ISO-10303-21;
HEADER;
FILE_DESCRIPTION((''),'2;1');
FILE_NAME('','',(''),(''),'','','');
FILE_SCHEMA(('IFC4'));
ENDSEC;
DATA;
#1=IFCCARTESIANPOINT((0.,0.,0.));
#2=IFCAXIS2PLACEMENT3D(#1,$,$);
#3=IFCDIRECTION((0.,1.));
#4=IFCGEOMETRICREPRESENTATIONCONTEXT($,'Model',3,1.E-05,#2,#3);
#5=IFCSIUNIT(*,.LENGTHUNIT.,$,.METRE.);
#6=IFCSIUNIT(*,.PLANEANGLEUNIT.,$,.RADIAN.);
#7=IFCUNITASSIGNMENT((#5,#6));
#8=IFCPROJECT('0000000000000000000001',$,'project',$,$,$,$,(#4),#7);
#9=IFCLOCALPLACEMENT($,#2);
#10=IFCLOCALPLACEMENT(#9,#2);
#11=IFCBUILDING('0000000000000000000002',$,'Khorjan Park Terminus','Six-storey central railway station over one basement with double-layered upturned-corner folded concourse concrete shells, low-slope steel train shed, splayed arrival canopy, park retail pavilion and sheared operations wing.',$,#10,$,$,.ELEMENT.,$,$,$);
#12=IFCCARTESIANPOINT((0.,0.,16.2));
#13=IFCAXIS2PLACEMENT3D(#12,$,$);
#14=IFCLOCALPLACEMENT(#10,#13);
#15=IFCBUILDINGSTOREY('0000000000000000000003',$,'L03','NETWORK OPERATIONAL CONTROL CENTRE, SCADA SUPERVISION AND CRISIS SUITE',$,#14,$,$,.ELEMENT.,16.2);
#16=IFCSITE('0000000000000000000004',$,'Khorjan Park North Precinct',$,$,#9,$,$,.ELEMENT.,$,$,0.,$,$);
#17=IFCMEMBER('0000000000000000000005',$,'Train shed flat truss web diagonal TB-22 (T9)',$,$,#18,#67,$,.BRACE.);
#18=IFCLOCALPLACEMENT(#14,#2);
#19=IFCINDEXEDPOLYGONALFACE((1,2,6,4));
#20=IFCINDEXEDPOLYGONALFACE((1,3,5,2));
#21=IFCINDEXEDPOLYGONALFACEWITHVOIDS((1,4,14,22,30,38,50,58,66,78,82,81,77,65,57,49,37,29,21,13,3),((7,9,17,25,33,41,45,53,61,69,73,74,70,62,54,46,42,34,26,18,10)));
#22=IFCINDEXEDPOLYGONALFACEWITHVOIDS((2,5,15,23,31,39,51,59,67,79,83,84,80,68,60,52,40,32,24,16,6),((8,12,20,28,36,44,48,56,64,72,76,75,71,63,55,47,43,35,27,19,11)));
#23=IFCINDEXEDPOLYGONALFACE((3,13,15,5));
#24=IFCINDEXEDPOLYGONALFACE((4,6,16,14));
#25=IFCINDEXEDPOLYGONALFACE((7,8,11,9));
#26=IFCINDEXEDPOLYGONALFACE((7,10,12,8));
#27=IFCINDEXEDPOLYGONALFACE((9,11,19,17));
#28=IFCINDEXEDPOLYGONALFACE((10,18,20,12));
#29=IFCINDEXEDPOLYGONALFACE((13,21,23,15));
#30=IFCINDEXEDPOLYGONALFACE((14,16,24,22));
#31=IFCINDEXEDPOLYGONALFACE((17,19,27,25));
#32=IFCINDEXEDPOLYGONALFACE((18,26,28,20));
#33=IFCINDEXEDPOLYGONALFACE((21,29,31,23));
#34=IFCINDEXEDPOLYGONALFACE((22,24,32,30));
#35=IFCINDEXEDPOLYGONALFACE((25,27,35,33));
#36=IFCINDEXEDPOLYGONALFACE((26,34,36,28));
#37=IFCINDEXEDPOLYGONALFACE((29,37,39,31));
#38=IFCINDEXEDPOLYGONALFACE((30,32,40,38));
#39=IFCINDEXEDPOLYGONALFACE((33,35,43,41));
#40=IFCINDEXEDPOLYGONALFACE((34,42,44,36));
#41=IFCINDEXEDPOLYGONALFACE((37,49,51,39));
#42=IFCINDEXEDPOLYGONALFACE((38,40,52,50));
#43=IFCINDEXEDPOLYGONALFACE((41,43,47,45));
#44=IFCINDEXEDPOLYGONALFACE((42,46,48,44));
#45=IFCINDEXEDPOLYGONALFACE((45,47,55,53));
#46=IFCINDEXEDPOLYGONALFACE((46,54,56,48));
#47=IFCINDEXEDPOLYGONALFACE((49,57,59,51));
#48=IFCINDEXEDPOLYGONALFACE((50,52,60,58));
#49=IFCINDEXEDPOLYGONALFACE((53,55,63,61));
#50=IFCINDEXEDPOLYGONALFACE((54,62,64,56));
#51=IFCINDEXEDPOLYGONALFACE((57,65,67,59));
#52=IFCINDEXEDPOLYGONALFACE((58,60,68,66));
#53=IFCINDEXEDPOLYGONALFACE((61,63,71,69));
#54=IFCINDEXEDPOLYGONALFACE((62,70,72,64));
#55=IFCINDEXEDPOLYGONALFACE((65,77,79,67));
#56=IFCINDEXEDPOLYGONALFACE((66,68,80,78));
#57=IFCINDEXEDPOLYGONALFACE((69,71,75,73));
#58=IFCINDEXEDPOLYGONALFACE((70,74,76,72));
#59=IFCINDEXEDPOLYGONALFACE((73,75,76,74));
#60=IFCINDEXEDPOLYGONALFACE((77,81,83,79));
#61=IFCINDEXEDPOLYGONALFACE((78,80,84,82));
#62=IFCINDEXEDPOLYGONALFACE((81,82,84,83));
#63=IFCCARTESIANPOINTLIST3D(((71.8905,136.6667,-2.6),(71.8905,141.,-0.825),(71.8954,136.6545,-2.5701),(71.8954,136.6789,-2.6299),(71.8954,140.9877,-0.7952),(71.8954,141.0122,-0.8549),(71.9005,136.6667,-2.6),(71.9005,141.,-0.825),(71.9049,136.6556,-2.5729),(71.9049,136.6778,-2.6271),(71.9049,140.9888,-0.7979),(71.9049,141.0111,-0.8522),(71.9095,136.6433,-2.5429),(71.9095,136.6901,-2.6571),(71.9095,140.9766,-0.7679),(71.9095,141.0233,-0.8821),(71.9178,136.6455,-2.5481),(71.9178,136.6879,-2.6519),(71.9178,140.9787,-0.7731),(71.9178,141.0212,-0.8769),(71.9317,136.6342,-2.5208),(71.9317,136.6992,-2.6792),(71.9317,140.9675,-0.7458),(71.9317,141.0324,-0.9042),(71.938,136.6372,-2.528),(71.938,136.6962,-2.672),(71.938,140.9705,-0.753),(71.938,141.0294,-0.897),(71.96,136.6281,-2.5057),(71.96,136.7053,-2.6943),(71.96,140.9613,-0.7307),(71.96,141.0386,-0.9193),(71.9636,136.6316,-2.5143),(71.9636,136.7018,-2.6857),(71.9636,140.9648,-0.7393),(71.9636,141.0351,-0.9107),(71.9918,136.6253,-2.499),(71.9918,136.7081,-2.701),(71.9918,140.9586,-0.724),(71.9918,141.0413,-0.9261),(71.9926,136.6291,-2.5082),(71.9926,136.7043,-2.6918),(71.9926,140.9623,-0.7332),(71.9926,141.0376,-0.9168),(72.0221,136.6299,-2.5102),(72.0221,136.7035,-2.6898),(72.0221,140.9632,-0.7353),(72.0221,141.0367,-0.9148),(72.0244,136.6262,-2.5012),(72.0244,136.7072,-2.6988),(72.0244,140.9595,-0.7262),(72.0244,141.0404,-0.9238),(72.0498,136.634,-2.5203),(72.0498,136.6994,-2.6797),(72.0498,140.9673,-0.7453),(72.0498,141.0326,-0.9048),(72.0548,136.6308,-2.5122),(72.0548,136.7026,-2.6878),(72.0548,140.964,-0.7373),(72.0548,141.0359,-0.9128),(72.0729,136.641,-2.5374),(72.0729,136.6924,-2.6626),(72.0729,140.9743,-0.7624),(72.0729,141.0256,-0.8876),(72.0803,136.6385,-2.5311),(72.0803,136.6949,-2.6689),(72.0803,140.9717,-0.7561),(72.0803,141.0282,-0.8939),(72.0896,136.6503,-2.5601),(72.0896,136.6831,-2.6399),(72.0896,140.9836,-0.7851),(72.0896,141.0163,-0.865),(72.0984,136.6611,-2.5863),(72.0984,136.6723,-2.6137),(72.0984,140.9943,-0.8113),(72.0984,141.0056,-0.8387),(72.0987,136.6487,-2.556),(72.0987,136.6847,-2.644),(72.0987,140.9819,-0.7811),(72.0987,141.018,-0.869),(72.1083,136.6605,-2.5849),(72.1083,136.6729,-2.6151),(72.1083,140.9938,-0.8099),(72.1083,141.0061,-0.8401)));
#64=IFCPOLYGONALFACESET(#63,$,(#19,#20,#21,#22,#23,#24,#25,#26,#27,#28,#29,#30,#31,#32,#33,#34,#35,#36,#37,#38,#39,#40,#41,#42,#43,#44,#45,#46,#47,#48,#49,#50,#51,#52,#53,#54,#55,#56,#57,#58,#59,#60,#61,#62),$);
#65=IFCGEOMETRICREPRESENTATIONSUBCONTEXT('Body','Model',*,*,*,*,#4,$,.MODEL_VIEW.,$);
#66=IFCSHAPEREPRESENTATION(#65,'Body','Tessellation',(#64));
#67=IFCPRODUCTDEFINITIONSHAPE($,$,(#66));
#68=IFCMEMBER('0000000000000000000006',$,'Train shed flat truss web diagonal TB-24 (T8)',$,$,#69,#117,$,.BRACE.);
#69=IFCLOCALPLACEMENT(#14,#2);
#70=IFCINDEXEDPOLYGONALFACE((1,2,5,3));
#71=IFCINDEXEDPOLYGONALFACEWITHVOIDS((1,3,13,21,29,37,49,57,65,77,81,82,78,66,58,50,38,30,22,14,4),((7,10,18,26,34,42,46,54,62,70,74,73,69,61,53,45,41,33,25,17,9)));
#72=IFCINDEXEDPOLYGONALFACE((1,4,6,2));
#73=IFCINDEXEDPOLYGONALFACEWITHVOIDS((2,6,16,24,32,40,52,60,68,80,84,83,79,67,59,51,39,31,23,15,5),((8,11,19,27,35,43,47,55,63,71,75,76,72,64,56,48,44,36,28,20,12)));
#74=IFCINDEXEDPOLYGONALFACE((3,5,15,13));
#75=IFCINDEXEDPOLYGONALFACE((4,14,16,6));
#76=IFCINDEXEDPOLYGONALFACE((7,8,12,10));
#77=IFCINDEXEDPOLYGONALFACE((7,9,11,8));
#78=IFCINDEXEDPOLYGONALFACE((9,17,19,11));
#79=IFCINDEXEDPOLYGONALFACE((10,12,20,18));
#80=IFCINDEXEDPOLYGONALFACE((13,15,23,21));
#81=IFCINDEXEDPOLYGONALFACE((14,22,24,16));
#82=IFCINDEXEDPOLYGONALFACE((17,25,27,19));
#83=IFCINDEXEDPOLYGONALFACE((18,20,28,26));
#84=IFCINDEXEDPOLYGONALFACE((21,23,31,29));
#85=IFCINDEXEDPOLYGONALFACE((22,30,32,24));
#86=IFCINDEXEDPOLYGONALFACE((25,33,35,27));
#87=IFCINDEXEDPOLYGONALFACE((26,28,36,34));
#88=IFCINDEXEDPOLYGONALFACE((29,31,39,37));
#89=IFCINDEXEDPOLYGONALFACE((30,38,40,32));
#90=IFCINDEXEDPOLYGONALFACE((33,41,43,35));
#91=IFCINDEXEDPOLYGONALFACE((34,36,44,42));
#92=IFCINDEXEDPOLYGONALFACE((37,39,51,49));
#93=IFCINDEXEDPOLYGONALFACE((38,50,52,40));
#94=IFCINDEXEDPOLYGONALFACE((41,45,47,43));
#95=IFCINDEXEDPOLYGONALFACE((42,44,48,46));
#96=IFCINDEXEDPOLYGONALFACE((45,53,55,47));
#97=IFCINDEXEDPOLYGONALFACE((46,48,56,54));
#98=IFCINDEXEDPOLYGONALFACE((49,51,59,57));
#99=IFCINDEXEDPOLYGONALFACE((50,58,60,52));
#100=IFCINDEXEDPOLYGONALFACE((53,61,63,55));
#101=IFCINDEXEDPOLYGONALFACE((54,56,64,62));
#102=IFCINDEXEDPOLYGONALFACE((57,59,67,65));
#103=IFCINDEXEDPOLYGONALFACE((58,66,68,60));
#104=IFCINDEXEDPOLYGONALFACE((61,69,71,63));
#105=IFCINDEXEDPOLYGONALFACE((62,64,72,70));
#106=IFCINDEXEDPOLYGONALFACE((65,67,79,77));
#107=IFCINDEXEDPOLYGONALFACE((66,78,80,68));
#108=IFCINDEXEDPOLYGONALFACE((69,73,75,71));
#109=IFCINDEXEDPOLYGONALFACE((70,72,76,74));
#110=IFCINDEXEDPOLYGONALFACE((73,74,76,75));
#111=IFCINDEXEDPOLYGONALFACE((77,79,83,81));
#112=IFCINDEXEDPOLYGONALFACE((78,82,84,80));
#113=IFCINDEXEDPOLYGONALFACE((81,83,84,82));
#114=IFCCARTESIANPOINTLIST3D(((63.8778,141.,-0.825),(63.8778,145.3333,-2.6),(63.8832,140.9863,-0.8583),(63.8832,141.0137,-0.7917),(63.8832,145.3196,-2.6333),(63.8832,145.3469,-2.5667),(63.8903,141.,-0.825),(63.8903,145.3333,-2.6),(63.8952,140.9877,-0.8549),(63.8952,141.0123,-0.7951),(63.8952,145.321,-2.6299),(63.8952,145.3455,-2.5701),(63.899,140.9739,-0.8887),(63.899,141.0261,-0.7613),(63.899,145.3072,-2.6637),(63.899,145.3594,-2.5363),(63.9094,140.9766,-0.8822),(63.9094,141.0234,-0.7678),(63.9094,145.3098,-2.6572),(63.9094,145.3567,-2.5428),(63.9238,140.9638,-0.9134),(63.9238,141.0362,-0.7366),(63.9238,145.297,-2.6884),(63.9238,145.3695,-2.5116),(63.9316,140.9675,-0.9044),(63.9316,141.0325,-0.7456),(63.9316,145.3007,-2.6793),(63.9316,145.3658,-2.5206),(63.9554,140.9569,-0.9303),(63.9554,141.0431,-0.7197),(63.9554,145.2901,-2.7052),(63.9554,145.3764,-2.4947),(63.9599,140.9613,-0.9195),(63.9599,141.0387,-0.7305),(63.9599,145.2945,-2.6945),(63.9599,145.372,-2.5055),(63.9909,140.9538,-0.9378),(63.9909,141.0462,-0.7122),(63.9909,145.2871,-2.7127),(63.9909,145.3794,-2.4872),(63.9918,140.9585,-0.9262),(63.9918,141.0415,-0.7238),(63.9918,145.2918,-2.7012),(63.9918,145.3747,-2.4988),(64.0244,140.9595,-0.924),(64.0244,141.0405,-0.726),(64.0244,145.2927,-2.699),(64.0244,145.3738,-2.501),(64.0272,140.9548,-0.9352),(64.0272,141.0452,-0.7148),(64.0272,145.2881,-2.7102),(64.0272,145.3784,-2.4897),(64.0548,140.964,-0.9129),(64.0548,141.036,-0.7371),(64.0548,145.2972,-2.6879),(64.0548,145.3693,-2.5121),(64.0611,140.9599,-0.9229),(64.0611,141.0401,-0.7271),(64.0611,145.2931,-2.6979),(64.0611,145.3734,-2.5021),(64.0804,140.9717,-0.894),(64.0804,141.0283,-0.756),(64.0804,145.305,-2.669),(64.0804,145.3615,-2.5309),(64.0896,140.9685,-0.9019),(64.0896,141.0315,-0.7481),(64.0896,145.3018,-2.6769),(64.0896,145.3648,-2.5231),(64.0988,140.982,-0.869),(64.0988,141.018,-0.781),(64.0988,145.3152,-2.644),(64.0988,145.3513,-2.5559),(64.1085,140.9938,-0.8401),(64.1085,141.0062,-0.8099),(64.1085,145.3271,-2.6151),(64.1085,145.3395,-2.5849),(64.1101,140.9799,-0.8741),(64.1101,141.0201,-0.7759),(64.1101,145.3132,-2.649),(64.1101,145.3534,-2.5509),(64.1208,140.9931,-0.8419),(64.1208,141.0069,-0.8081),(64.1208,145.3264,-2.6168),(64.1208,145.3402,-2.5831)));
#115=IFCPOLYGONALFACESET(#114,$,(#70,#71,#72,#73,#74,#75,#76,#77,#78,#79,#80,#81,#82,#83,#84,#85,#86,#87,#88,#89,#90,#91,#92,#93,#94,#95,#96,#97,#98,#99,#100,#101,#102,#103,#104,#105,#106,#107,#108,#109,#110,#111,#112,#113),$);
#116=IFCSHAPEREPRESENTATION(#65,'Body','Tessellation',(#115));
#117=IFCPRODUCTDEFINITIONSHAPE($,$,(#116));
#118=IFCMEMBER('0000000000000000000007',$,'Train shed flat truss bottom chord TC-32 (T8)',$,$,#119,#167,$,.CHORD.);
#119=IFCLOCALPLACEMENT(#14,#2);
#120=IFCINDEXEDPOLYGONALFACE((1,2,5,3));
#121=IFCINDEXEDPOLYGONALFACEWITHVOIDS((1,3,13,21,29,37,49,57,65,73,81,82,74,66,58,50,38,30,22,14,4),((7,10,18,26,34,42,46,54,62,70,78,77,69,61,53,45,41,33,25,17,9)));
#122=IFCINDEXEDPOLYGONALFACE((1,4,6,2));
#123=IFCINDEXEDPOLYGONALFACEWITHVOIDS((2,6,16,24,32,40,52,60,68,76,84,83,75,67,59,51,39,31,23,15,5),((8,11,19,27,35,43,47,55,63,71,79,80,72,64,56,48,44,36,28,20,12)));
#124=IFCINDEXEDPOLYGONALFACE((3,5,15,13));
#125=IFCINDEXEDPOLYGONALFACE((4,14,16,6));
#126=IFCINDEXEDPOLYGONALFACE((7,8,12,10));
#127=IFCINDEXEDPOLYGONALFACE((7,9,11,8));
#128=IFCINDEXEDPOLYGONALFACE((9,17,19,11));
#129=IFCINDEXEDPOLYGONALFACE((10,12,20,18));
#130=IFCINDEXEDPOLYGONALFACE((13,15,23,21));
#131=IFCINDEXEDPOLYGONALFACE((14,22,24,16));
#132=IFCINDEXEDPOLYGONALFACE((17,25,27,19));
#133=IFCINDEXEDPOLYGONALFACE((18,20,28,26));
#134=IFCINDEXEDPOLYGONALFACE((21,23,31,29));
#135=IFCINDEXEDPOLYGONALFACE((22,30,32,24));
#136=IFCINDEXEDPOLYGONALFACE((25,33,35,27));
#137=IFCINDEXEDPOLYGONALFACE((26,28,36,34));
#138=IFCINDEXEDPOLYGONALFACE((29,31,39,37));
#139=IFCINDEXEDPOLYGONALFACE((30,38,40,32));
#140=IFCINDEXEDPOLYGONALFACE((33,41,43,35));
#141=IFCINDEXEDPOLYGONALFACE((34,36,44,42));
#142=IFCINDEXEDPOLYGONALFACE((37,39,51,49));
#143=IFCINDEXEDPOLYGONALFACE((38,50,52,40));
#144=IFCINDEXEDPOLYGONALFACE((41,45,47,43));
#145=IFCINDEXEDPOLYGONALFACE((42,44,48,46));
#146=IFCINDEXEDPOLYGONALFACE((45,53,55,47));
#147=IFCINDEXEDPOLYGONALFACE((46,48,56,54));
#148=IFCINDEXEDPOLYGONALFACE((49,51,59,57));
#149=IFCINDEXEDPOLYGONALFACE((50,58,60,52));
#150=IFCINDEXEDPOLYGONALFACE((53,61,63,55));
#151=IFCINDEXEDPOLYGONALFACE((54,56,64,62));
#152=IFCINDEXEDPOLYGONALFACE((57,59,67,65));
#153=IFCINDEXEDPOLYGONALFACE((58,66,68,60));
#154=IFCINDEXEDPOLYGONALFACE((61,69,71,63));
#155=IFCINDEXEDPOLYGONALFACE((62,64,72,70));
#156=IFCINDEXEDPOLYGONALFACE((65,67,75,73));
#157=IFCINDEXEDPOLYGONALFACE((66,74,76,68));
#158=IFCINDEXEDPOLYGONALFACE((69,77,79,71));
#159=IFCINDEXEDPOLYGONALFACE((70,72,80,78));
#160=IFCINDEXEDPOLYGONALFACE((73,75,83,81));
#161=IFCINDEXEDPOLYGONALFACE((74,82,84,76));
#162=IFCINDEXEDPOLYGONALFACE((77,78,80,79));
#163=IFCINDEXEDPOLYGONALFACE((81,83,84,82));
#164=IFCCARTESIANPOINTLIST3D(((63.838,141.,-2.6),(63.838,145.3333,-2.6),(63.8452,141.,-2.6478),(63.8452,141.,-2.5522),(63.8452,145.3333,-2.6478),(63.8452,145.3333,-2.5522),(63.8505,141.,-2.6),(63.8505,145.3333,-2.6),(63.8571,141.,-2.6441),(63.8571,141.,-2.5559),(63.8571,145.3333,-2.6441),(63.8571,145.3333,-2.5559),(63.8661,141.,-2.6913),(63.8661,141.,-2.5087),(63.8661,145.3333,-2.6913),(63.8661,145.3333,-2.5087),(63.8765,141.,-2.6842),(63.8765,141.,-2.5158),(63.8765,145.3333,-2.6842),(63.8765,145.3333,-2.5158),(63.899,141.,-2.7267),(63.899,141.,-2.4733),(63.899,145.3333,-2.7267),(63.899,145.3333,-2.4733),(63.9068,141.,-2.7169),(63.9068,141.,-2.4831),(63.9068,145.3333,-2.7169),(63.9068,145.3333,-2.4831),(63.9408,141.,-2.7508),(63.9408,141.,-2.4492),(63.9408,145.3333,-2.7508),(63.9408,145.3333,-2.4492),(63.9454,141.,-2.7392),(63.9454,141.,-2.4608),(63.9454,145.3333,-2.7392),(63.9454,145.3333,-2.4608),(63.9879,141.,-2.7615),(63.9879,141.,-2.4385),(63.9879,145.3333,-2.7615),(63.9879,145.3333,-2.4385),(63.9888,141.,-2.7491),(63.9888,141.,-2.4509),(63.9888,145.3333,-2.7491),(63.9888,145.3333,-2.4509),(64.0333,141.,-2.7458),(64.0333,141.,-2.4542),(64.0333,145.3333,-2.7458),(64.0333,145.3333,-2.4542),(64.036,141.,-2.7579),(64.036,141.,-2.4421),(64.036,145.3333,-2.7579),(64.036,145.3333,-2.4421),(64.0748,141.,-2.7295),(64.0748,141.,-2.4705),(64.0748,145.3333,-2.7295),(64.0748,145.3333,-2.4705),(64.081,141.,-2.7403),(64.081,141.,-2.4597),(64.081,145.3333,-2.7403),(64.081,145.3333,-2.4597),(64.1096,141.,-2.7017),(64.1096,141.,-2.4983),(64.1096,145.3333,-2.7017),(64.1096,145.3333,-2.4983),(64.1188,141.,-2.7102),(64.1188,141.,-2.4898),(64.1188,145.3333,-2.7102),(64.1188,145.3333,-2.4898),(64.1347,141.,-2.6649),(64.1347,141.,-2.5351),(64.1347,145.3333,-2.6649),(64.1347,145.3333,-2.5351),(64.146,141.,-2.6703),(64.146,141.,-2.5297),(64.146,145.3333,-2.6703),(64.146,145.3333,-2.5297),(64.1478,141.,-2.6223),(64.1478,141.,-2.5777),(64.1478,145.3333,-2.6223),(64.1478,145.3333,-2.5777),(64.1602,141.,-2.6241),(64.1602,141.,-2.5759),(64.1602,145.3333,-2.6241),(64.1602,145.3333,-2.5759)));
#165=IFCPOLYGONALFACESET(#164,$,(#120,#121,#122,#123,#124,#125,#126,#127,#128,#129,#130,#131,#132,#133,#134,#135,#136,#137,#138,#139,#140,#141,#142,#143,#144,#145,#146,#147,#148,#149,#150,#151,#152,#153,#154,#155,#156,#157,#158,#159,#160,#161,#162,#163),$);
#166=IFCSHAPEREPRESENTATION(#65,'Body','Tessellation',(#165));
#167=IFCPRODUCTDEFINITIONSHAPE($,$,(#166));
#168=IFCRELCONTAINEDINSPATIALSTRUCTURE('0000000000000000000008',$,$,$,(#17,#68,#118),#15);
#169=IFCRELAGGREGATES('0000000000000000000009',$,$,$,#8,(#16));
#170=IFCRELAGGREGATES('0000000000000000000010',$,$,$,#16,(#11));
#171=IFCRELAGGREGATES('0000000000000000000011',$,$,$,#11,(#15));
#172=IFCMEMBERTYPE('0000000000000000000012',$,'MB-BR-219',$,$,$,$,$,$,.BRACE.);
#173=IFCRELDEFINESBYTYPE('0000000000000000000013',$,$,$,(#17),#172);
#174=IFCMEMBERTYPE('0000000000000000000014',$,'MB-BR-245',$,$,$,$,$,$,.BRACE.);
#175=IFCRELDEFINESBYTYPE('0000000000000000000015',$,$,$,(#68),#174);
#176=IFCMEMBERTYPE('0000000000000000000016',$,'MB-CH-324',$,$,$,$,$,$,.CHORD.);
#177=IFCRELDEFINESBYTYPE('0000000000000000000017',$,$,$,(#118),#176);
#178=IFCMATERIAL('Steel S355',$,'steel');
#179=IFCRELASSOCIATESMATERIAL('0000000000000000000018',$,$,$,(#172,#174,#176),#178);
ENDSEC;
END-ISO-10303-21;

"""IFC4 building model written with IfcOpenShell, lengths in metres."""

from ifc_helpers import new_model, si_unit, direction, frame, origin, origin_2d, place, context, subcontext, project, spatial, hollow_circle, extrude, material, material_profile, profile_set, type_object, element, save


model = new_model("IFC4")

# Units and contexts
model_context = context("Model", 3, precision=1e-05, world=origin(), true_north=direction((0.0, 1.0)))
body_context = subcontext(model_context, "Body", "Model", "MODEL_VIEW")
ifc_project = project(units=[si_unit("LENGTHUNIT", "METRE"), si_unit("PLANEANGLEUNIT", "RADIAN")], contexts=[model_context])

# Site, building, storey
site_placement = place(None, origin())
site = spatial("IfcSite", under=ifc_project, at=site_placement, Name="Khorjan Park North Precinct", CompositionType="ELEMENT", RefElevation=0.0)
building_placement = place(site_placement, origin())
building = spatial("IfcBuilding", under=site, at=building_placement, Name="Khorjan Park Terminus", Description="Six-storey central railway station over one basement with double-layered upturned-corner folded concourse concrete shells, low-slope steel train shed, splayed arrival canopy, park retail pavilion and sheared operations wing.", CompositionType="ELEMENT")
storey_placement = place(building_placement, frame((0.0, 0.0, 16.2)))
storey = spatial("IfcBuildingStorey", under=building, at=storey_placement, Name="L03", Description="NETWORK OPERATIONAL CONTROL CENTRE, SCADA SUPERVISION AND CRISIS SUITE", CompositionType="ELEMENT", Elevation=16.2)

# Members
ifc_material = material(Name="Steel S355", Category="steel")
ifc_material_profile_1 = material_profile(ifc_material, hollow_circle(Radius=0.1095, WallThickness=0.01, at=origin_2d()), Name="CHS 219.1x10")
ifc_profile_set_1 = profile_set([ifc_material_profile_1], Name="Steel S355")
member_type_1 = type_object("IfcMemberType", Name="MB-BR-219", PredefinedType="BRACE", material=ifc_profile_set_1)
member_1_placement = place(storey_placement, frame((72.0, 136.6667, -2.6), z_axis=(0.0, 0.925376, 0.379051), x_axis=(-1.0, 0.0, 0.0)))
element("IfcMember", 1, at=member_1_placement, inside=storey, type_object=member_type_1, Name="Train shed flat truss web diagonal TB-22 (T9)", PredefinedType="BRACE", context=body_context, shape_type="SweptSolid", body=[
    extrude(hollow_circle(Radius=0.1095, WallThickness=0.01, at=origin_2d()), origin(), (0.0, 0.0, 1.0), 4.6827),
])
ifc_material_profile_2 = material_profile(ifc_material, hollow_circle(Radius=0.1222, WallThickness=0.0125, at=origin_2d()), Name="CHS 244.5x12.5")
ifc_profile_set_2 = profile_set([ifc_material_profile_2], Name="Steel S355")
member_type_2 = type_object("IfcMemberType", Name="MB-BR-245", PredefinedType="BRACE", material=ifc_profile_set_2)
member_2_placement = place(storey_placement, frame((64.0, 141.0, -0.825), z_axis=(0.0, 0.925376, -0.379051), x_axis=(-1.0, 0.0, 0.0)))
element("IfcMember", 2, at=member_2_placement, inside=storey, type_object=member_type_2, Name="Train shed flat truss web diagonal TB-24 (T8)", PredefinedType="BRACE", context=body_context, shape_type="SweptSolid", body=[
    extrude(hollow_circle(Radius=0.1222, WallThickness=0.0125, at=origin_2d()), origin(), (0.0, 0.0, 1.0), 4.6827),
])
ifc_material_profile_3 = material_profile(ifc_material, hollow_circle(Radius=0.162, WallThickness=0.0125, at=origin_2d()), Name="CHS 323.9x12.5")
ifc_profile_set_3 = profile_set([ifc_material_profile_3], Name="Steel S355")
member_type_3 = type_object("IfcMemberType", Name="MB-CH-324", PredefinedType="CHORD", material=ifc_profile_set_3)
member_3_placement = place(storey_placement, frame((64.0, 141.0, -2.6), z_axis=(0.0, 1.0, 0.0), x_axis=(-1.0, 0.0, 0.0)))
element("IfcMember", 3, at=member_3_placement, inside=storey, type_object=member_type_3, Name="Train shed flat truss bottom chord TC-32 (T8)", PredefinedType="CHORD", context=body_context, shape_type="SweptSolid", body=[
    extrude(hollow_circle(Radius=0.162, WallThickness=0.0125, at=origin_2d()), origin(), (0.0, 0.0, 1.0), 4.3333),
])

save(model, "model.ifc")
